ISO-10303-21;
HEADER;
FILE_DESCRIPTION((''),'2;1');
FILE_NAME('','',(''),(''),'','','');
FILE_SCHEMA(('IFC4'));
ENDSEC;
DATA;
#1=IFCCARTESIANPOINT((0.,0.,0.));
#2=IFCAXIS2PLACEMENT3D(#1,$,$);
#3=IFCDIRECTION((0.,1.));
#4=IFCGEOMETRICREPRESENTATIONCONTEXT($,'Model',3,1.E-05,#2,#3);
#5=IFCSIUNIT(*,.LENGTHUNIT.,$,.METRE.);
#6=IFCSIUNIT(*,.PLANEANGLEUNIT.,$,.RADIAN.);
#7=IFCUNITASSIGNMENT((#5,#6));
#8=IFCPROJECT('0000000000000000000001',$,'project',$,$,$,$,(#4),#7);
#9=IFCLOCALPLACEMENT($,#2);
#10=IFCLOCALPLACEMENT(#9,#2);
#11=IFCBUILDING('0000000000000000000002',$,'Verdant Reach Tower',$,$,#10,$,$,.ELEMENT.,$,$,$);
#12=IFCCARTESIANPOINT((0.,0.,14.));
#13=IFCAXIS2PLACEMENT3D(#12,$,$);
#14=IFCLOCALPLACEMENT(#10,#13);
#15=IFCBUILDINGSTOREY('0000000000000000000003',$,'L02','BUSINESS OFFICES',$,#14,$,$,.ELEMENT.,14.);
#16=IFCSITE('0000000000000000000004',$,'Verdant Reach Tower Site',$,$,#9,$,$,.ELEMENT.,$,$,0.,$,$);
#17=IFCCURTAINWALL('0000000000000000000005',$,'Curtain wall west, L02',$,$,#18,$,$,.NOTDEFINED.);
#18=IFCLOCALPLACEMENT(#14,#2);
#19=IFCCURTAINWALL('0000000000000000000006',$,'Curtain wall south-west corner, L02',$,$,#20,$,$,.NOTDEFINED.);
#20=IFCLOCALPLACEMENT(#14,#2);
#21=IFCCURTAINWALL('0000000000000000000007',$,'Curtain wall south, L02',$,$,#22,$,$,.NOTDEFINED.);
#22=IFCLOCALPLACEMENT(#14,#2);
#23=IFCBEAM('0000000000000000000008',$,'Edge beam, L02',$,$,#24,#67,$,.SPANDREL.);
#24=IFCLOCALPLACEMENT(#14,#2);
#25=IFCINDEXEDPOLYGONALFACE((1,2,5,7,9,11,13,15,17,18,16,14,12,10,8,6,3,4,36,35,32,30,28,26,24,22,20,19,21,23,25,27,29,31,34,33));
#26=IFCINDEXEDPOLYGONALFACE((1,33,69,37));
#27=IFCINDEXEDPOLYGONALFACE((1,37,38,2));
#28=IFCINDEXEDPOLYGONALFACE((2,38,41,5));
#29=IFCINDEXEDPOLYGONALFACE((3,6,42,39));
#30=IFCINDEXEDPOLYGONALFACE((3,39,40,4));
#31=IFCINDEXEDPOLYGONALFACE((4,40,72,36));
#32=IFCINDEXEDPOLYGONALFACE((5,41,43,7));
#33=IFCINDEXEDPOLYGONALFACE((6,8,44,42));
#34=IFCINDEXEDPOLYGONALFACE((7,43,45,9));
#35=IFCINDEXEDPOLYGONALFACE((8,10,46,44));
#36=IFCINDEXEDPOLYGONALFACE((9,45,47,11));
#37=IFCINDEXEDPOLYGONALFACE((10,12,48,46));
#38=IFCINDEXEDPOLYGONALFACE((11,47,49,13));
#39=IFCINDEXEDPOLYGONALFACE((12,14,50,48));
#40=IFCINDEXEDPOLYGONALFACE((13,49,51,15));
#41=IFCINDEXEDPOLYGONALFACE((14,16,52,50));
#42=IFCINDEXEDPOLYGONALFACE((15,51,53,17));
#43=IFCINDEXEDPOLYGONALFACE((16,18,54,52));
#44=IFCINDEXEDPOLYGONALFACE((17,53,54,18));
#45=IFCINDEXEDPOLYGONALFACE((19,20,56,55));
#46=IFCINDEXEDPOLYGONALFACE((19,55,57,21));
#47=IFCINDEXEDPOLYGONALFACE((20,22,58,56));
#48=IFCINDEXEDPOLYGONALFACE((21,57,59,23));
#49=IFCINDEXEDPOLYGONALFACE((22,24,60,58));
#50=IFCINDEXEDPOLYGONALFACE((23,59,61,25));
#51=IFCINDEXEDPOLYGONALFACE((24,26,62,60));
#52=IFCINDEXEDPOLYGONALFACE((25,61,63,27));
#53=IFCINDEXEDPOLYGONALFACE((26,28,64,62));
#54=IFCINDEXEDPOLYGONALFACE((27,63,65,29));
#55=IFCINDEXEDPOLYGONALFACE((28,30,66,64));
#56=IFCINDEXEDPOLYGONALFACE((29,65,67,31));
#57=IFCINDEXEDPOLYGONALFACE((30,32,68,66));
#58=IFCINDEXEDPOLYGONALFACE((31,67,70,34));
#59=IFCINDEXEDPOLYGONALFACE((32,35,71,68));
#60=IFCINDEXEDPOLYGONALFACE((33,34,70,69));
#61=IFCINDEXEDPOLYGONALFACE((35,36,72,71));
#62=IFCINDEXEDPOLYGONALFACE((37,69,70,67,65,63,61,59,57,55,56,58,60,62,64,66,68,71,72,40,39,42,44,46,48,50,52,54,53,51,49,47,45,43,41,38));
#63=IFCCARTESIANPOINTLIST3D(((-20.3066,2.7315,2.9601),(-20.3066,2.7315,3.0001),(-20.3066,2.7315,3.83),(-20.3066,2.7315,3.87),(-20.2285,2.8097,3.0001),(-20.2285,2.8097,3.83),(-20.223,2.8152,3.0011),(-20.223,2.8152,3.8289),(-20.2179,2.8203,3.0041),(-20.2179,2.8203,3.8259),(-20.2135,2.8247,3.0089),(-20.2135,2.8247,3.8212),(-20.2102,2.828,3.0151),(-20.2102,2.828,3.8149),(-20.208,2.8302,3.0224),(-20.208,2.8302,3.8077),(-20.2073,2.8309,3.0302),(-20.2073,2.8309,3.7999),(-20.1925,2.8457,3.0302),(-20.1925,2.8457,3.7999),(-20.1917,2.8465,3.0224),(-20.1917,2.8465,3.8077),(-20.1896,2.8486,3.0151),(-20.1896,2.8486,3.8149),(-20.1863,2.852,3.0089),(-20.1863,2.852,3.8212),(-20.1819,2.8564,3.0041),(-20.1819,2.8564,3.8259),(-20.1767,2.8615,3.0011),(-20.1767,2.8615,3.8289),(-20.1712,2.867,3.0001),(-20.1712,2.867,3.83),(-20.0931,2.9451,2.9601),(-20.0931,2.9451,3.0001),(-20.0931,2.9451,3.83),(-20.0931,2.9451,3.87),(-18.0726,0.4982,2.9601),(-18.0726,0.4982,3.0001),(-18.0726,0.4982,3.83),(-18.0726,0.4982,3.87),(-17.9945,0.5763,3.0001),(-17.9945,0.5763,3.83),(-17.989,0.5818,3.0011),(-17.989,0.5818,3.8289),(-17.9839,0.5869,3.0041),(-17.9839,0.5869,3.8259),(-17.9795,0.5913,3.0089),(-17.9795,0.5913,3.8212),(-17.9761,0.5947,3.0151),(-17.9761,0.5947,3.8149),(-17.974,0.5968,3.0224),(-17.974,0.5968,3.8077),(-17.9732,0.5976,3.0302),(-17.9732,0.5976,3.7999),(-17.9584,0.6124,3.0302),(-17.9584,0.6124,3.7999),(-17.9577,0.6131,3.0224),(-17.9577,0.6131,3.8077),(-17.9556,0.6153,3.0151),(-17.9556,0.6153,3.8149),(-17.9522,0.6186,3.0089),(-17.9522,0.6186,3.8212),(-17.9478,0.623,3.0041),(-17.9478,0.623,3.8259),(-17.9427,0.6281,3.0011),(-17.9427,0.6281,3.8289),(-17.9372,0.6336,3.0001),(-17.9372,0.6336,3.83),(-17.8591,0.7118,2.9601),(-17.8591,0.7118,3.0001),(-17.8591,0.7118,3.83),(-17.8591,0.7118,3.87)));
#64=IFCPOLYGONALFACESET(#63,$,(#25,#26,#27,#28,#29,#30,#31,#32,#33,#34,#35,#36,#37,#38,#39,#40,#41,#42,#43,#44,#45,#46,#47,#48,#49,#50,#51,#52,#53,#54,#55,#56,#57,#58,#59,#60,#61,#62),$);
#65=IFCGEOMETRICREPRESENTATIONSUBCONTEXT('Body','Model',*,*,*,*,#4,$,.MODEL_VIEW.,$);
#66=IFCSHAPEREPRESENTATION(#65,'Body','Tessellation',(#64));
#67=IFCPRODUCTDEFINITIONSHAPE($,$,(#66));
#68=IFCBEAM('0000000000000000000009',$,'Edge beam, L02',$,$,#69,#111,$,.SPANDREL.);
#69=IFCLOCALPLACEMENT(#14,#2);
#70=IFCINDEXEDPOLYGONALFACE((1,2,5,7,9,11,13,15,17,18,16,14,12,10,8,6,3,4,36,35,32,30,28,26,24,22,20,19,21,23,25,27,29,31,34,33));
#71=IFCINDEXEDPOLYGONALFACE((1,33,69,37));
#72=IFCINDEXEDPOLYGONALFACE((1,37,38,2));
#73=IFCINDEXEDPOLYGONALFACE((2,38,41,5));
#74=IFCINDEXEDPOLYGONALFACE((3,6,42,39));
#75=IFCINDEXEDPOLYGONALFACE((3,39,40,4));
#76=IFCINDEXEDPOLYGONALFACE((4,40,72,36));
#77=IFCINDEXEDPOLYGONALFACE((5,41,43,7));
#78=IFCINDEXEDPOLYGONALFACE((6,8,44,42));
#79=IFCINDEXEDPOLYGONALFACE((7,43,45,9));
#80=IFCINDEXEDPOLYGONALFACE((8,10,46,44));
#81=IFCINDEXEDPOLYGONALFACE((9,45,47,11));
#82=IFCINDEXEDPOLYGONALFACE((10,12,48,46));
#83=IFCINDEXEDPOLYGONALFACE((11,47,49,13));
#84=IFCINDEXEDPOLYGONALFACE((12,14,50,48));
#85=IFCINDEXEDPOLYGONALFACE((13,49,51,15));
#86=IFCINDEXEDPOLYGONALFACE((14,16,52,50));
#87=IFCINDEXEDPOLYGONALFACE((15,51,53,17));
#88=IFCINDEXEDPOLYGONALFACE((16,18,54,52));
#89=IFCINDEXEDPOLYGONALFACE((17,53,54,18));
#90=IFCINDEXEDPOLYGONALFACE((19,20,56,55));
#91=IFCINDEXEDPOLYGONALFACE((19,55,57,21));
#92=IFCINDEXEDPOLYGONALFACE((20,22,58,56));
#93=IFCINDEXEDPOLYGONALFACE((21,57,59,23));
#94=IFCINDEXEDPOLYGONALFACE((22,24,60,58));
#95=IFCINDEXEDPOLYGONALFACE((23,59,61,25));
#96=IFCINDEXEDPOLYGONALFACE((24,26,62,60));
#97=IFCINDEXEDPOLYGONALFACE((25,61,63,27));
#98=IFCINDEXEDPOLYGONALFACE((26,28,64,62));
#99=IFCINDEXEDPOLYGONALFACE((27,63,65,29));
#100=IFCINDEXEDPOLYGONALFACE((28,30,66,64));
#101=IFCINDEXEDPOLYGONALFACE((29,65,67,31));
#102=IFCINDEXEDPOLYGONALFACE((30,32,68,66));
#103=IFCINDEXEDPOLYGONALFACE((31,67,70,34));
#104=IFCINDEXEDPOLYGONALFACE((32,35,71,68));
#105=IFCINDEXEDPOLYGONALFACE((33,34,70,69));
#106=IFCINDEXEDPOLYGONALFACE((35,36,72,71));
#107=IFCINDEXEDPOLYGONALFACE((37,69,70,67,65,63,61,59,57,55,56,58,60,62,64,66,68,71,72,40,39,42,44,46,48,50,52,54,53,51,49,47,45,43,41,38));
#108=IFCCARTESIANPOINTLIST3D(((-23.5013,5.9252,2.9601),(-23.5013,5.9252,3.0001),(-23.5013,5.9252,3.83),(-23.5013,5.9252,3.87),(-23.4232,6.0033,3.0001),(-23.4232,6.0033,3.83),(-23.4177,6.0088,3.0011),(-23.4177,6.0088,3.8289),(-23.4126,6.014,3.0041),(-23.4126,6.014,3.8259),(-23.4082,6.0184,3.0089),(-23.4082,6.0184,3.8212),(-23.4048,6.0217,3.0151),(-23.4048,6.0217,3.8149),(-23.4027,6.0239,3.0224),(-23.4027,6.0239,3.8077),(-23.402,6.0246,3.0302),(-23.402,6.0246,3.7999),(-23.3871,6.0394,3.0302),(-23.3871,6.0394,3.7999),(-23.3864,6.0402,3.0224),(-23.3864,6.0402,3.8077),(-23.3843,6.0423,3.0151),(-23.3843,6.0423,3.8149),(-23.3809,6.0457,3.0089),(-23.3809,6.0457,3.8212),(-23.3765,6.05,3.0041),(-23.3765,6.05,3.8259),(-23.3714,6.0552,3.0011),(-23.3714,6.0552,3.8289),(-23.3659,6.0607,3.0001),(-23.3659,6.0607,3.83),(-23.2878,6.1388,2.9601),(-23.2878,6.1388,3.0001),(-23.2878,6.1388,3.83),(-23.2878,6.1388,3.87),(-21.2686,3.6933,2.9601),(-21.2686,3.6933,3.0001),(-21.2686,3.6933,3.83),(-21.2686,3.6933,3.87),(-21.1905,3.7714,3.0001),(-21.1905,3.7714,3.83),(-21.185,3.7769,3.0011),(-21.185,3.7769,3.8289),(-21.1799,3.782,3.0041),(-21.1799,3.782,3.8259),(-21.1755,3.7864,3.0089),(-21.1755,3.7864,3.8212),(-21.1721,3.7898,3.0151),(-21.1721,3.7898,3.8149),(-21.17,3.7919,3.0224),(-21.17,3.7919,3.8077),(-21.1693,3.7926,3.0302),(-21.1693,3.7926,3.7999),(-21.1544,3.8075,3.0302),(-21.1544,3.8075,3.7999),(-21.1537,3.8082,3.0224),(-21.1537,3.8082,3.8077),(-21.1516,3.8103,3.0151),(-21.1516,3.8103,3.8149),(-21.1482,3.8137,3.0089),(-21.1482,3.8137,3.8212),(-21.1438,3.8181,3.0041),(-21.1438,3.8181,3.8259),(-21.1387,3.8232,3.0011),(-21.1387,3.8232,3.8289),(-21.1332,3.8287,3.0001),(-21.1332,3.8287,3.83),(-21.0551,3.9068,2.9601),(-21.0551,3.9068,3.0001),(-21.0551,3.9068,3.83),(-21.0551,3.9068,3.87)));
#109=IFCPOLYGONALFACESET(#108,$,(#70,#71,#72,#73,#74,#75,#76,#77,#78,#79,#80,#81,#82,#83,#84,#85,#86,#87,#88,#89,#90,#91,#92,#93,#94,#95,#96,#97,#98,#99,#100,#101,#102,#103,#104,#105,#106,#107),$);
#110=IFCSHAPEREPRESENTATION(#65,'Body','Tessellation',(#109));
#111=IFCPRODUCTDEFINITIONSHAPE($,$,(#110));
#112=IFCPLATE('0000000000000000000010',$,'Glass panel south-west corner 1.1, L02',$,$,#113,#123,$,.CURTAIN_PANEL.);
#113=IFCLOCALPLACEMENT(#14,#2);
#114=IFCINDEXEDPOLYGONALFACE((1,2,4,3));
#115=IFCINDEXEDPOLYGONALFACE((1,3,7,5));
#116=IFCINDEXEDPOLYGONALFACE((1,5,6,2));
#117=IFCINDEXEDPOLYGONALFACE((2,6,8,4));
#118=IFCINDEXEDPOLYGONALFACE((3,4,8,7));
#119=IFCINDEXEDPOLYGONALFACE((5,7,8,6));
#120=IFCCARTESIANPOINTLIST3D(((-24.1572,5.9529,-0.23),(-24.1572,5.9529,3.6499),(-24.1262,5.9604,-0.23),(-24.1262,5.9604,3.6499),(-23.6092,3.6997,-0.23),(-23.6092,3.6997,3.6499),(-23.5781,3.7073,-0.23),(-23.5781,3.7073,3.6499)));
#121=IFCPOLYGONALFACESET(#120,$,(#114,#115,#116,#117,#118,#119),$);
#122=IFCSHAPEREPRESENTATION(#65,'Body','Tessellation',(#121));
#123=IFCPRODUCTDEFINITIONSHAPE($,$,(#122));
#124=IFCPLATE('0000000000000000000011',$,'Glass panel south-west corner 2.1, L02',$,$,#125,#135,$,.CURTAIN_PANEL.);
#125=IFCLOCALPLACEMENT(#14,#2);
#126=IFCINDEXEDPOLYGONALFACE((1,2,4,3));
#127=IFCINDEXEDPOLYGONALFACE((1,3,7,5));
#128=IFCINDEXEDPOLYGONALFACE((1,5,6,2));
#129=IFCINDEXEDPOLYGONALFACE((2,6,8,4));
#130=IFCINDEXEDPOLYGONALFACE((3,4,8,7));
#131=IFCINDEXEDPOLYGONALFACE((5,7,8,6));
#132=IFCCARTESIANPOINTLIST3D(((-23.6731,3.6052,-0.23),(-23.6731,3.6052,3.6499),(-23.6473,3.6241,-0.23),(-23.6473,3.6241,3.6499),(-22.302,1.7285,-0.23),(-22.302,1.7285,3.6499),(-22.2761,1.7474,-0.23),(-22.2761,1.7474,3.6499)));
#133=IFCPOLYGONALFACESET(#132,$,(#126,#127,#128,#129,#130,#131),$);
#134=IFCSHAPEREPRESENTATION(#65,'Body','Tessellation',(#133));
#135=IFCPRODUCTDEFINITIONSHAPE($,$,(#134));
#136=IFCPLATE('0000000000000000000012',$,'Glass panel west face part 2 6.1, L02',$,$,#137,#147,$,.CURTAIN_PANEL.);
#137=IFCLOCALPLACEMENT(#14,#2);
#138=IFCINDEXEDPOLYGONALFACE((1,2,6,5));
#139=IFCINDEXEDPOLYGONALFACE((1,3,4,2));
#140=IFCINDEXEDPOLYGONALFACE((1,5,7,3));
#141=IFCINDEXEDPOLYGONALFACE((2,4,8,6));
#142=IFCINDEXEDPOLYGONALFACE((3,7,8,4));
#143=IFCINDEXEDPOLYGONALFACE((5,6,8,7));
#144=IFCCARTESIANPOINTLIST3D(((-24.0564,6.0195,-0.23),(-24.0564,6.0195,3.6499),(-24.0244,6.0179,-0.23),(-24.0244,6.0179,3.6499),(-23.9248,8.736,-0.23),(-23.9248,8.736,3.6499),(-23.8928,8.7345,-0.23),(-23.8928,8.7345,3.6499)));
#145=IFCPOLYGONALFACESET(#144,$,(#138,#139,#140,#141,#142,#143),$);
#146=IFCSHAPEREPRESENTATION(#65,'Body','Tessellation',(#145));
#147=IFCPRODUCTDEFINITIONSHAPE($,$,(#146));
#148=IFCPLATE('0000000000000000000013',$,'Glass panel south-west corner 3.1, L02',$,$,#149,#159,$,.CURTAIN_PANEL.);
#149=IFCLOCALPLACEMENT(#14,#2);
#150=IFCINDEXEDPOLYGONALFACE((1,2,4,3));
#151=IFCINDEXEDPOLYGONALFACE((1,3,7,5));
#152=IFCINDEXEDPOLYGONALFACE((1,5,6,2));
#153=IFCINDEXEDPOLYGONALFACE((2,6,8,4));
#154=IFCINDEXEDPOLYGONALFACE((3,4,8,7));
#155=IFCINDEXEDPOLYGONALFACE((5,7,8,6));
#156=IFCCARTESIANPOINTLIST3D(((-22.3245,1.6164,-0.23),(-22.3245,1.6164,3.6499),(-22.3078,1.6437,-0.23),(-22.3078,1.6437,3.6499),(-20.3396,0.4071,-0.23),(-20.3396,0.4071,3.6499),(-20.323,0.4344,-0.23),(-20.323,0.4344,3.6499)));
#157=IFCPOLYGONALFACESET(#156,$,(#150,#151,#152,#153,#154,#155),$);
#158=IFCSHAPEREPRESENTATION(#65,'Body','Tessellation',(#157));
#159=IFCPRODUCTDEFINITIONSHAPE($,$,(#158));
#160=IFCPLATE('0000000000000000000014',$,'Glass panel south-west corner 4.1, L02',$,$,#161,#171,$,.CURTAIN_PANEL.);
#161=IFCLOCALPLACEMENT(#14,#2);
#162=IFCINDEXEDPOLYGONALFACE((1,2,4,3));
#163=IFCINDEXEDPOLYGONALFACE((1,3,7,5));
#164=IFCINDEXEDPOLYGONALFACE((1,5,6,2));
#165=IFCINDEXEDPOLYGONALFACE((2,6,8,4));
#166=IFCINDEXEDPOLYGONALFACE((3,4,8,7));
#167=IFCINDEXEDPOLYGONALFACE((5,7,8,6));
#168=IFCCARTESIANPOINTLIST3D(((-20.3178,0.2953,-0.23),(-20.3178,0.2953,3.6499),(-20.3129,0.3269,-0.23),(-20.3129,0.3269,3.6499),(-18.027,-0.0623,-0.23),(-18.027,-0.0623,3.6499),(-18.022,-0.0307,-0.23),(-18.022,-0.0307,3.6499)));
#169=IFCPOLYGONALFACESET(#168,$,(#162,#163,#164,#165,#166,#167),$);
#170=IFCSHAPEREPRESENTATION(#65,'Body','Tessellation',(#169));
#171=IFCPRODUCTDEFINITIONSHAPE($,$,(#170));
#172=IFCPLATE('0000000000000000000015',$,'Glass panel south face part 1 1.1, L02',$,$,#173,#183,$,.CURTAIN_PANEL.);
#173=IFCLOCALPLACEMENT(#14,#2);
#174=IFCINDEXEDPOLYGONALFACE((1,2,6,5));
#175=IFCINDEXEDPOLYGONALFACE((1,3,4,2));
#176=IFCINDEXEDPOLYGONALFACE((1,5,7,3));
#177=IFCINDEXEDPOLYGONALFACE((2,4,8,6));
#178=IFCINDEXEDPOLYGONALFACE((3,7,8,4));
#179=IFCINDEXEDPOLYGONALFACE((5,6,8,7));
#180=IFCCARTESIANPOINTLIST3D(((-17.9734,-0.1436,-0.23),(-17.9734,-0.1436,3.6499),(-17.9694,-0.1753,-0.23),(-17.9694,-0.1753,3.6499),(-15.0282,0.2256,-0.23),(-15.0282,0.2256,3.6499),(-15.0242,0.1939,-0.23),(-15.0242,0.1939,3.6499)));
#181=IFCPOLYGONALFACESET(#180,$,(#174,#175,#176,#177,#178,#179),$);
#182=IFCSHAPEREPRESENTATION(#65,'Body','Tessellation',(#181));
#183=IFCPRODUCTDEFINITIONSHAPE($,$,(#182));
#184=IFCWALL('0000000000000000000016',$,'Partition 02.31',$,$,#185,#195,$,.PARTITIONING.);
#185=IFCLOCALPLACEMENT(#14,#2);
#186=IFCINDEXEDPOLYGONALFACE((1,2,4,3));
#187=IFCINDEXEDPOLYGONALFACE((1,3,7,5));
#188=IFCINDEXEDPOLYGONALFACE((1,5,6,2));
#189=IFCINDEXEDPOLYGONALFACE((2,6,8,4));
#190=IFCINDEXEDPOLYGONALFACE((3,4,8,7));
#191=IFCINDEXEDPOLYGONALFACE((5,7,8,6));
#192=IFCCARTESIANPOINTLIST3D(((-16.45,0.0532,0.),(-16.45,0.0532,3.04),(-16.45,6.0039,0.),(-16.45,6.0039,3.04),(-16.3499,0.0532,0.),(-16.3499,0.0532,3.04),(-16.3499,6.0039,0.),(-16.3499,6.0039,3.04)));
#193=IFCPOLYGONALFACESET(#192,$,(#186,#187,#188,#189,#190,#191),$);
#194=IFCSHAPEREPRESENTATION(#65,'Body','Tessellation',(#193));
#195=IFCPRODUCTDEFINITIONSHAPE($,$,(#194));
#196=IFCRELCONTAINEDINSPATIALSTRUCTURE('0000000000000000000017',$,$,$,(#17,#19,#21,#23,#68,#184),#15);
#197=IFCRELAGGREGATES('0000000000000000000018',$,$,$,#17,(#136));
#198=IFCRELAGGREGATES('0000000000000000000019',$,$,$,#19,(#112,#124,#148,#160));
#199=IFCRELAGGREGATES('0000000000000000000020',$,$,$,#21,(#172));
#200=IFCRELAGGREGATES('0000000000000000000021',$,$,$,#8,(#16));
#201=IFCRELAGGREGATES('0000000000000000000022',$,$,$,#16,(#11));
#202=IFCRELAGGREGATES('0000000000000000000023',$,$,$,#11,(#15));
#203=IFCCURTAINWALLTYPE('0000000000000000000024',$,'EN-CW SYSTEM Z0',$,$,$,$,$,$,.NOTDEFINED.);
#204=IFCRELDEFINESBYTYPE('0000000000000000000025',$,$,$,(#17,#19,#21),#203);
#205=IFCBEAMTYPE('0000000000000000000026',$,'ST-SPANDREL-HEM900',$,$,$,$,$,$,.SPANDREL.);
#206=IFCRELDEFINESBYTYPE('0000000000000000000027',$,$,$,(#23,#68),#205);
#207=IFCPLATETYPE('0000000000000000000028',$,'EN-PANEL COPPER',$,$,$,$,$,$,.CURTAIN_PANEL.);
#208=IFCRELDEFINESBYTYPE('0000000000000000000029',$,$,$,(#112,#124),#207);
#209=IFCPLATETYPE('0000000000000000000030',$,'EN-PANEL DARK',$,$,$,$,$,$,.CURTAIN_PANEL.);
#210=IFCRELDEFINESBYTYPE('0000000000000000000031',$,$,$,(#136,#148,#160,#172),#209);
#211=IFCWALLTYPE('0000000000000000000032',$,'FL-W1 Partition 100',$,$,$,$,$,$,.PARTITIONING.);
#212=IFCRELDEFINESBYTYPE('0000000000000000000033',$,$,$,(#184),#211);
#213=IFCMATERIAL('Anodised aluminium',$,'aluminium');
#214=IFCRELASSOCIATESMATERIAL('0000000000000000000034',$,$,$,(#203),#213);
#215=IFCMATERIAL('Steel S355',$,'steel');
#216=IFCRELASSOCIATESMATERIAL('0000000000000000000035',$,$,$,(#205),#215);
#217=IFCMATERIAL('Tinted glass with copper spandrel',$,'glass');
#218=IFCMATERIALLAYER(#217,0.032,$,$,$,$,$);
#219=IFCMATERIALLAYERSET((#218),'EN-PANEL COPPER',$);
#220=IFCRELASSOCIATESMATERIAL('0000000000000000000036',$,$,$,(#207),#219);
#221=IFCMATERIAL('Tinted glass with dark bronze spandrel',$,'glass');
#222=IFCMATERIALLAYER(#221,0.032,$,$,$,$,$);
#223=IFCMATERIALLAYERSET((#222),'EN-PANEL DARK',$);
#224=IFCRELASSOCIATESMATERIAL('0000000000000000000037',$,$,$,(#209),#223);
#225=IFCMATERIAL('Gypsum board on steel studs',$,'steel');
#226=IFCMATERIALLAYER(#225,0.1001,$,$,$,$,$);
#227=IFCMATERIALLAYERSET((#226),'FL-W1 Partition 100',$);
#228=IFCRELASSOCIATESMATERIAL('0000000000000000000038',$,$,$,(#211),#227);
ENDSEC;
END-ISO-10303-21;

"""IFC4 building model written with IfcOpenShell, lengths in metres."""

from ifc_helpers import new_model, si_unit, direction, frame, frame_2d, origin, origin_2d, place, context, subcontext, project, spatial, rectangle, i_section, extrude, material, layer, layer_set, material_profile, profile_set, type_object, element, aggregate, save


model = new_model("IFC4")

# Units and contexts
model_context = context("Model", 3, precision=1e-05, world=origin(), true_north=direction((0.0, 1.0)))
body_context = subcontext(model_context, "Body", "Model", "MODEL_VIEW")
ifc_project = project(units=[si_unit("LENGTHUNIT", "METRE"), si_unit("PLANEANGLEUNIT", "RADIAN")], contexts=[model_context])

# Site, building, storey
site_placement = place(None, origin())
site = spatial("IfcSite", under=ifc_project, at=site_placement, Name="Verdant Reach Tower Site", CompositionType="ELEMENT", RefElevation=0.0)
building_placement = place(site_placement, origin())
building = spatial("IfcBuilding", under=site, at=building_placement, Name="Verdant Reach Tower", CompositionType="ELEMENT")
storey_placement = place(building_placement, frame((0.0, 0.0, 14.0)))
storey = spatial("IfcBuildingStorey", under=building, at=storey_placement, Name="L02", Description="BUSINESS OFFICES", CompositionType="ELEMENT", Elevation=14.0)

# Curtain wall
ifc_material_1 = material(Name="Anodised aluminium", Category="aluminium")
curtain_wall_type = type_object("IfcCurtainWallType", Name="EN-CW SYSTEM Z0", PredefinedType="NOTDEFINED", material=ifc_material_1)
curtain_wall_1_placement = place(storey_placement, origin())
curtain_wall_1 = element("IfcCurtainWall", 1, at=curtain_wall_1_placement, inside=storey, type_object=curtain_wall_type, Name="Curtain wall west, L02", PredefinedType="NOTDEFINED")

# Curtain walls
curtain_wall_2_placement = place(storey_placement, origin())
curtain_wall_2 = element("IfcCurtainWall", 2, at=curtain_wall_2_placement, inside=storey, type_object=curtain_wall_type, Name="Curtain wall south-west corner, L02", PredefinedType="NOTDEFINED")
curtain_wall_3_placement = place(storey_placement, origin())
curtain_wall_3 = element("IfcCurtainWall", 3, at=curtain_wall_3_placement, inside=storey, type_object=curtain_wall_type, Name="Curtain wall south, L02", PredefinedType="NOTDEFINED")

# Beams
ifc_material_2 = material(Name="Steel S355", Category="steel")
ifc_material_profile_1 = material_profile(ifc_material_2, i_section(OverallWidth=0.302, OverallDepth=0.9099, WebThickness=0.021, FlangeThickness=0.04, FilletRadius=0.03, at=origin_2d()), Name="HEM 900")
ifc_profile_set_1 = profile_set([ifc_material_profile_1], Name="Steel S355")
beam_type_1 = type_object("IfcBeamType", Name="ST-SPANDREL-HEM900", PredefinedType="SPANDREL", material=ifc_profile_set_1)
beam_1_placement = place(storey_placement, frame((-17.9658, 0.605, 3.415), z_axis=(-0.707223, 0.706991, 0.0), x_axis=(-0.706991, -0.707223, 0.0)))
element("IfcBeam", 4, at=beam_1_placement, inside=storey, type_object=beam_type_1, Name="Edge beam, L02", PredefinedType="SPANDREL", context=body_context, shape_type="SweptSolid", body=[
    extrude(i_section(OverallWidth=0.302, OverallDepth=0.9099, WebThickness=0.021, FlangeThickness=0.04, FilletRadius=0.03, at=origin_2d()), origin(), (0.0, 0.0, 1.0), 3.1589),
])
beam_2_placement = place(storey_placement, frame((-21.1619, 3.8, 3.415), z_axis=(-0.707223, 0.706991, 0.0), x_axis=(-0.706991, -0.707223, 0.0)))
element("IfcBeam", 5, at=beam_2_placement, inside=storey, type_object=beam_type_1, Name="Edge beam, L02", PredefinedType="SPANDREL", context=body_context, shape_type="SweptSolid", body=[
    extrude(i_section(OverallWidth=0.302, OverallDepth=0.9099, WebThickness=0.021, FlangeThickness=0.04, FilletRadius=0.03, at=origin_2d()), origin(), (0.0, 0.0, 1.0), 3.157),
])

# Plates
ifc_material_3 = material(Name="Tinted glass with copper spandrel", Category="glass")
ifc_layer_1 = layer(ifc_material_3, 0.032)
ifc_layer_set_1 = layer_set([ifc_layer_1], Name="EN-PANEL COPPER")
plate_type_1 = type_object("IfcPlateType", Name="EN-PANEL COPPER", PredefinedType="CURTAIN_PANEL", material=ifc_layer_set_1)
plate_1_placement = place(storey_placement, frame((-23.8677, 4.8301, -0.23), z_axis=(0.0, 0.0, 1.0), x_axis=(0.236347, -0.971669, 0.0)))
plate_1 = element("IfcPlate", 6, at=plate_1_placement, type_object=plate_type_1, Name="Glass panel south-west corner 1.1, L02", PredefinedType="CURTAIN_PANEL", context=body_context, shape_type="SweptSolid", body=[
    extrude(rectangle(XDim=2.3188, YDim=0.032, at=origin_2d()), origin(), (0.0, 0.0, 1.0), 3.8799),
])
plate_2_placement = place(storey_placement, frame((-22.9746, 2.6763, -0.23), z_axis=(0.0, 0.0, 1.0), x_axis=(0.589927, -0.807457, 0.0)))
plate_2 = element("IfcPlate", 7, at=plate_2_placement, type_object=plate_type_1, Name="Glass panel south-west corner 2.1, L02", PredefinedType="CURTAIN_PANEL", context=body_context, shape_type="SweptSolid", body=[
    extrude(rectangle(XDim=2.3242, YDim=0.032, at=origin_2d()), origin(), (0.0, 0.0, 1.0), 3.8799),
])
ifc_material_4 = material(Name="Tinted glass with dark bronze spandrel", Category="glass")
ifc_layer_2 = layer(ifc_material_4, 0.032)
ifc_layer_set_2 = layer_set([ifc_layer_2], Name="EN-PANEL DARK")
plate_type_2 = type_object("IfcPlateType", Name="EN-PANEL DARK", PredefinedType="CURTAIN_PANEL", material=ifc_layer_set_2)
plate_3_placement = place(storey_placement, frame((-23.9746, 7.377, -0.23), z_axis=(0.0, 0.0, 1.0), x_axis=(-0.048383, -0.998829, 0.0)))
plate_3 = element("IfcPlate", 8, at=plate_3_placement, type_object=plate_type_2, Name="Glass panel west face part 2 6.1, L02", PredefinedType="CURTAIN_PANEL", context=body_context, shape_type="SweptSolid", body=[
    extrude(rectangle(XDim=2.7197, YDim=0.032, at=origin_2d()), origin(), (0.0, 0.0, 1.0), 3.8799),
])
aggregate(curtain_wall_1, [plate_3])
plate_4_placement = place(storey_placement, frame((-21.3237, 1.0254, -0.23), z_axis=(0.0, 0.0, 1.0), x_axis=(0.853989, -0.520292, 0.0)))
plate_4 = element("IfcPlate", 9, at=plate_4_placement, type_object=plate_type_2, Name="Glass panel south-west corner 3.1, L02", PredefinedType="CURTAIN_PANEL", context=body_context, shape_type="SweptSolid", body=[
    extrude(rectangle(XDim=2.3242, YDim=0.032, at=origin_2d()), origin(), (0.0, 0.0, 1.0), 3.8799),
])
plate_5_placement = place(storey_placement, frame((-19.1699, 0.1323, -0.23), z_axis=(0.0, 0.0, 1.0), x_axis=(0.988035, -0.154233, 0.0)))
plate_5 = element("IfcPlate", 10, at=plate_5_placement, type_object=plate_type_2, Name="Glass panel south-west corner 4.1, L02", PredefinedType="CURTAIN_PANEL", context=body_context, shape_type="SweptSolid", body=[
    extrude(rectangle(XDim=2.3186, YDim=0.032, at=origin_2d()), origin(), (0.0, 0.0, 1.0), 3.8799),
])
aggregate(curtain_wall_2, [plate_1, plate_2, plate_4, plate_5])
plate_6_placement = place(storey_placement, frame((-16.4988, 0.0251, -0.23), z_axis=(0.0, 0.0, 1.0), x_axis=(0.992234, 0.124384, 0.0)))
plate_6 = element("IfcPlate", 11, at=plate_6_placement, type_object=plate_type_2, Name="Glass panel south face part 1 1.1, L02", PredefinedType="CURTAIN_PANEL", context=body_context, shape_type="SweptSolid", body=[
    extrude(rectangle(XDim=2.9683, YDim=0.032, at=origin_2d()), origin(), (0.0, 0.0, 1.0), 3.8799),
])
aggregate(curtain_wall_3, [plate_6])

# Wall
ifc_material_5 = material(Name="Gypsum board on steel studs", Category="steel")
ifc_layer_3 = layer(ifc_material_5, 0.1001)
ifc_layer_set_3 = layer_set([ifc_layer_3], Name="FL-W1 Partition 100")
wall_type = type_object("IfcWallType", Name="FL-W1 Partition 100", PredefinedType="PARTITIONING", material=ifc_layer_set_3)
wall_placement = place(storey_placement, frame((-16.3999, 6.0039, 0.0), z_axis=(0.0, 0.0, 1.0), x_axis=(0.0, -1.0, 0.0)))
element("IfcWall", 12, at=wall_placement, inside=storey, type_object=wall_type, Name="Partition 02.31", PredefinedType="PARTITIONING", context=body_context, shape_type="SweptSolid", body=[
    extrude(rectangle(XDim=5.9507, YDim=0.1001, at=frame_2d((2.9753, 0.0))), origin(), (0.0, 0.0, 1.0), 3.04),
])

save(model, "model.ifc")
